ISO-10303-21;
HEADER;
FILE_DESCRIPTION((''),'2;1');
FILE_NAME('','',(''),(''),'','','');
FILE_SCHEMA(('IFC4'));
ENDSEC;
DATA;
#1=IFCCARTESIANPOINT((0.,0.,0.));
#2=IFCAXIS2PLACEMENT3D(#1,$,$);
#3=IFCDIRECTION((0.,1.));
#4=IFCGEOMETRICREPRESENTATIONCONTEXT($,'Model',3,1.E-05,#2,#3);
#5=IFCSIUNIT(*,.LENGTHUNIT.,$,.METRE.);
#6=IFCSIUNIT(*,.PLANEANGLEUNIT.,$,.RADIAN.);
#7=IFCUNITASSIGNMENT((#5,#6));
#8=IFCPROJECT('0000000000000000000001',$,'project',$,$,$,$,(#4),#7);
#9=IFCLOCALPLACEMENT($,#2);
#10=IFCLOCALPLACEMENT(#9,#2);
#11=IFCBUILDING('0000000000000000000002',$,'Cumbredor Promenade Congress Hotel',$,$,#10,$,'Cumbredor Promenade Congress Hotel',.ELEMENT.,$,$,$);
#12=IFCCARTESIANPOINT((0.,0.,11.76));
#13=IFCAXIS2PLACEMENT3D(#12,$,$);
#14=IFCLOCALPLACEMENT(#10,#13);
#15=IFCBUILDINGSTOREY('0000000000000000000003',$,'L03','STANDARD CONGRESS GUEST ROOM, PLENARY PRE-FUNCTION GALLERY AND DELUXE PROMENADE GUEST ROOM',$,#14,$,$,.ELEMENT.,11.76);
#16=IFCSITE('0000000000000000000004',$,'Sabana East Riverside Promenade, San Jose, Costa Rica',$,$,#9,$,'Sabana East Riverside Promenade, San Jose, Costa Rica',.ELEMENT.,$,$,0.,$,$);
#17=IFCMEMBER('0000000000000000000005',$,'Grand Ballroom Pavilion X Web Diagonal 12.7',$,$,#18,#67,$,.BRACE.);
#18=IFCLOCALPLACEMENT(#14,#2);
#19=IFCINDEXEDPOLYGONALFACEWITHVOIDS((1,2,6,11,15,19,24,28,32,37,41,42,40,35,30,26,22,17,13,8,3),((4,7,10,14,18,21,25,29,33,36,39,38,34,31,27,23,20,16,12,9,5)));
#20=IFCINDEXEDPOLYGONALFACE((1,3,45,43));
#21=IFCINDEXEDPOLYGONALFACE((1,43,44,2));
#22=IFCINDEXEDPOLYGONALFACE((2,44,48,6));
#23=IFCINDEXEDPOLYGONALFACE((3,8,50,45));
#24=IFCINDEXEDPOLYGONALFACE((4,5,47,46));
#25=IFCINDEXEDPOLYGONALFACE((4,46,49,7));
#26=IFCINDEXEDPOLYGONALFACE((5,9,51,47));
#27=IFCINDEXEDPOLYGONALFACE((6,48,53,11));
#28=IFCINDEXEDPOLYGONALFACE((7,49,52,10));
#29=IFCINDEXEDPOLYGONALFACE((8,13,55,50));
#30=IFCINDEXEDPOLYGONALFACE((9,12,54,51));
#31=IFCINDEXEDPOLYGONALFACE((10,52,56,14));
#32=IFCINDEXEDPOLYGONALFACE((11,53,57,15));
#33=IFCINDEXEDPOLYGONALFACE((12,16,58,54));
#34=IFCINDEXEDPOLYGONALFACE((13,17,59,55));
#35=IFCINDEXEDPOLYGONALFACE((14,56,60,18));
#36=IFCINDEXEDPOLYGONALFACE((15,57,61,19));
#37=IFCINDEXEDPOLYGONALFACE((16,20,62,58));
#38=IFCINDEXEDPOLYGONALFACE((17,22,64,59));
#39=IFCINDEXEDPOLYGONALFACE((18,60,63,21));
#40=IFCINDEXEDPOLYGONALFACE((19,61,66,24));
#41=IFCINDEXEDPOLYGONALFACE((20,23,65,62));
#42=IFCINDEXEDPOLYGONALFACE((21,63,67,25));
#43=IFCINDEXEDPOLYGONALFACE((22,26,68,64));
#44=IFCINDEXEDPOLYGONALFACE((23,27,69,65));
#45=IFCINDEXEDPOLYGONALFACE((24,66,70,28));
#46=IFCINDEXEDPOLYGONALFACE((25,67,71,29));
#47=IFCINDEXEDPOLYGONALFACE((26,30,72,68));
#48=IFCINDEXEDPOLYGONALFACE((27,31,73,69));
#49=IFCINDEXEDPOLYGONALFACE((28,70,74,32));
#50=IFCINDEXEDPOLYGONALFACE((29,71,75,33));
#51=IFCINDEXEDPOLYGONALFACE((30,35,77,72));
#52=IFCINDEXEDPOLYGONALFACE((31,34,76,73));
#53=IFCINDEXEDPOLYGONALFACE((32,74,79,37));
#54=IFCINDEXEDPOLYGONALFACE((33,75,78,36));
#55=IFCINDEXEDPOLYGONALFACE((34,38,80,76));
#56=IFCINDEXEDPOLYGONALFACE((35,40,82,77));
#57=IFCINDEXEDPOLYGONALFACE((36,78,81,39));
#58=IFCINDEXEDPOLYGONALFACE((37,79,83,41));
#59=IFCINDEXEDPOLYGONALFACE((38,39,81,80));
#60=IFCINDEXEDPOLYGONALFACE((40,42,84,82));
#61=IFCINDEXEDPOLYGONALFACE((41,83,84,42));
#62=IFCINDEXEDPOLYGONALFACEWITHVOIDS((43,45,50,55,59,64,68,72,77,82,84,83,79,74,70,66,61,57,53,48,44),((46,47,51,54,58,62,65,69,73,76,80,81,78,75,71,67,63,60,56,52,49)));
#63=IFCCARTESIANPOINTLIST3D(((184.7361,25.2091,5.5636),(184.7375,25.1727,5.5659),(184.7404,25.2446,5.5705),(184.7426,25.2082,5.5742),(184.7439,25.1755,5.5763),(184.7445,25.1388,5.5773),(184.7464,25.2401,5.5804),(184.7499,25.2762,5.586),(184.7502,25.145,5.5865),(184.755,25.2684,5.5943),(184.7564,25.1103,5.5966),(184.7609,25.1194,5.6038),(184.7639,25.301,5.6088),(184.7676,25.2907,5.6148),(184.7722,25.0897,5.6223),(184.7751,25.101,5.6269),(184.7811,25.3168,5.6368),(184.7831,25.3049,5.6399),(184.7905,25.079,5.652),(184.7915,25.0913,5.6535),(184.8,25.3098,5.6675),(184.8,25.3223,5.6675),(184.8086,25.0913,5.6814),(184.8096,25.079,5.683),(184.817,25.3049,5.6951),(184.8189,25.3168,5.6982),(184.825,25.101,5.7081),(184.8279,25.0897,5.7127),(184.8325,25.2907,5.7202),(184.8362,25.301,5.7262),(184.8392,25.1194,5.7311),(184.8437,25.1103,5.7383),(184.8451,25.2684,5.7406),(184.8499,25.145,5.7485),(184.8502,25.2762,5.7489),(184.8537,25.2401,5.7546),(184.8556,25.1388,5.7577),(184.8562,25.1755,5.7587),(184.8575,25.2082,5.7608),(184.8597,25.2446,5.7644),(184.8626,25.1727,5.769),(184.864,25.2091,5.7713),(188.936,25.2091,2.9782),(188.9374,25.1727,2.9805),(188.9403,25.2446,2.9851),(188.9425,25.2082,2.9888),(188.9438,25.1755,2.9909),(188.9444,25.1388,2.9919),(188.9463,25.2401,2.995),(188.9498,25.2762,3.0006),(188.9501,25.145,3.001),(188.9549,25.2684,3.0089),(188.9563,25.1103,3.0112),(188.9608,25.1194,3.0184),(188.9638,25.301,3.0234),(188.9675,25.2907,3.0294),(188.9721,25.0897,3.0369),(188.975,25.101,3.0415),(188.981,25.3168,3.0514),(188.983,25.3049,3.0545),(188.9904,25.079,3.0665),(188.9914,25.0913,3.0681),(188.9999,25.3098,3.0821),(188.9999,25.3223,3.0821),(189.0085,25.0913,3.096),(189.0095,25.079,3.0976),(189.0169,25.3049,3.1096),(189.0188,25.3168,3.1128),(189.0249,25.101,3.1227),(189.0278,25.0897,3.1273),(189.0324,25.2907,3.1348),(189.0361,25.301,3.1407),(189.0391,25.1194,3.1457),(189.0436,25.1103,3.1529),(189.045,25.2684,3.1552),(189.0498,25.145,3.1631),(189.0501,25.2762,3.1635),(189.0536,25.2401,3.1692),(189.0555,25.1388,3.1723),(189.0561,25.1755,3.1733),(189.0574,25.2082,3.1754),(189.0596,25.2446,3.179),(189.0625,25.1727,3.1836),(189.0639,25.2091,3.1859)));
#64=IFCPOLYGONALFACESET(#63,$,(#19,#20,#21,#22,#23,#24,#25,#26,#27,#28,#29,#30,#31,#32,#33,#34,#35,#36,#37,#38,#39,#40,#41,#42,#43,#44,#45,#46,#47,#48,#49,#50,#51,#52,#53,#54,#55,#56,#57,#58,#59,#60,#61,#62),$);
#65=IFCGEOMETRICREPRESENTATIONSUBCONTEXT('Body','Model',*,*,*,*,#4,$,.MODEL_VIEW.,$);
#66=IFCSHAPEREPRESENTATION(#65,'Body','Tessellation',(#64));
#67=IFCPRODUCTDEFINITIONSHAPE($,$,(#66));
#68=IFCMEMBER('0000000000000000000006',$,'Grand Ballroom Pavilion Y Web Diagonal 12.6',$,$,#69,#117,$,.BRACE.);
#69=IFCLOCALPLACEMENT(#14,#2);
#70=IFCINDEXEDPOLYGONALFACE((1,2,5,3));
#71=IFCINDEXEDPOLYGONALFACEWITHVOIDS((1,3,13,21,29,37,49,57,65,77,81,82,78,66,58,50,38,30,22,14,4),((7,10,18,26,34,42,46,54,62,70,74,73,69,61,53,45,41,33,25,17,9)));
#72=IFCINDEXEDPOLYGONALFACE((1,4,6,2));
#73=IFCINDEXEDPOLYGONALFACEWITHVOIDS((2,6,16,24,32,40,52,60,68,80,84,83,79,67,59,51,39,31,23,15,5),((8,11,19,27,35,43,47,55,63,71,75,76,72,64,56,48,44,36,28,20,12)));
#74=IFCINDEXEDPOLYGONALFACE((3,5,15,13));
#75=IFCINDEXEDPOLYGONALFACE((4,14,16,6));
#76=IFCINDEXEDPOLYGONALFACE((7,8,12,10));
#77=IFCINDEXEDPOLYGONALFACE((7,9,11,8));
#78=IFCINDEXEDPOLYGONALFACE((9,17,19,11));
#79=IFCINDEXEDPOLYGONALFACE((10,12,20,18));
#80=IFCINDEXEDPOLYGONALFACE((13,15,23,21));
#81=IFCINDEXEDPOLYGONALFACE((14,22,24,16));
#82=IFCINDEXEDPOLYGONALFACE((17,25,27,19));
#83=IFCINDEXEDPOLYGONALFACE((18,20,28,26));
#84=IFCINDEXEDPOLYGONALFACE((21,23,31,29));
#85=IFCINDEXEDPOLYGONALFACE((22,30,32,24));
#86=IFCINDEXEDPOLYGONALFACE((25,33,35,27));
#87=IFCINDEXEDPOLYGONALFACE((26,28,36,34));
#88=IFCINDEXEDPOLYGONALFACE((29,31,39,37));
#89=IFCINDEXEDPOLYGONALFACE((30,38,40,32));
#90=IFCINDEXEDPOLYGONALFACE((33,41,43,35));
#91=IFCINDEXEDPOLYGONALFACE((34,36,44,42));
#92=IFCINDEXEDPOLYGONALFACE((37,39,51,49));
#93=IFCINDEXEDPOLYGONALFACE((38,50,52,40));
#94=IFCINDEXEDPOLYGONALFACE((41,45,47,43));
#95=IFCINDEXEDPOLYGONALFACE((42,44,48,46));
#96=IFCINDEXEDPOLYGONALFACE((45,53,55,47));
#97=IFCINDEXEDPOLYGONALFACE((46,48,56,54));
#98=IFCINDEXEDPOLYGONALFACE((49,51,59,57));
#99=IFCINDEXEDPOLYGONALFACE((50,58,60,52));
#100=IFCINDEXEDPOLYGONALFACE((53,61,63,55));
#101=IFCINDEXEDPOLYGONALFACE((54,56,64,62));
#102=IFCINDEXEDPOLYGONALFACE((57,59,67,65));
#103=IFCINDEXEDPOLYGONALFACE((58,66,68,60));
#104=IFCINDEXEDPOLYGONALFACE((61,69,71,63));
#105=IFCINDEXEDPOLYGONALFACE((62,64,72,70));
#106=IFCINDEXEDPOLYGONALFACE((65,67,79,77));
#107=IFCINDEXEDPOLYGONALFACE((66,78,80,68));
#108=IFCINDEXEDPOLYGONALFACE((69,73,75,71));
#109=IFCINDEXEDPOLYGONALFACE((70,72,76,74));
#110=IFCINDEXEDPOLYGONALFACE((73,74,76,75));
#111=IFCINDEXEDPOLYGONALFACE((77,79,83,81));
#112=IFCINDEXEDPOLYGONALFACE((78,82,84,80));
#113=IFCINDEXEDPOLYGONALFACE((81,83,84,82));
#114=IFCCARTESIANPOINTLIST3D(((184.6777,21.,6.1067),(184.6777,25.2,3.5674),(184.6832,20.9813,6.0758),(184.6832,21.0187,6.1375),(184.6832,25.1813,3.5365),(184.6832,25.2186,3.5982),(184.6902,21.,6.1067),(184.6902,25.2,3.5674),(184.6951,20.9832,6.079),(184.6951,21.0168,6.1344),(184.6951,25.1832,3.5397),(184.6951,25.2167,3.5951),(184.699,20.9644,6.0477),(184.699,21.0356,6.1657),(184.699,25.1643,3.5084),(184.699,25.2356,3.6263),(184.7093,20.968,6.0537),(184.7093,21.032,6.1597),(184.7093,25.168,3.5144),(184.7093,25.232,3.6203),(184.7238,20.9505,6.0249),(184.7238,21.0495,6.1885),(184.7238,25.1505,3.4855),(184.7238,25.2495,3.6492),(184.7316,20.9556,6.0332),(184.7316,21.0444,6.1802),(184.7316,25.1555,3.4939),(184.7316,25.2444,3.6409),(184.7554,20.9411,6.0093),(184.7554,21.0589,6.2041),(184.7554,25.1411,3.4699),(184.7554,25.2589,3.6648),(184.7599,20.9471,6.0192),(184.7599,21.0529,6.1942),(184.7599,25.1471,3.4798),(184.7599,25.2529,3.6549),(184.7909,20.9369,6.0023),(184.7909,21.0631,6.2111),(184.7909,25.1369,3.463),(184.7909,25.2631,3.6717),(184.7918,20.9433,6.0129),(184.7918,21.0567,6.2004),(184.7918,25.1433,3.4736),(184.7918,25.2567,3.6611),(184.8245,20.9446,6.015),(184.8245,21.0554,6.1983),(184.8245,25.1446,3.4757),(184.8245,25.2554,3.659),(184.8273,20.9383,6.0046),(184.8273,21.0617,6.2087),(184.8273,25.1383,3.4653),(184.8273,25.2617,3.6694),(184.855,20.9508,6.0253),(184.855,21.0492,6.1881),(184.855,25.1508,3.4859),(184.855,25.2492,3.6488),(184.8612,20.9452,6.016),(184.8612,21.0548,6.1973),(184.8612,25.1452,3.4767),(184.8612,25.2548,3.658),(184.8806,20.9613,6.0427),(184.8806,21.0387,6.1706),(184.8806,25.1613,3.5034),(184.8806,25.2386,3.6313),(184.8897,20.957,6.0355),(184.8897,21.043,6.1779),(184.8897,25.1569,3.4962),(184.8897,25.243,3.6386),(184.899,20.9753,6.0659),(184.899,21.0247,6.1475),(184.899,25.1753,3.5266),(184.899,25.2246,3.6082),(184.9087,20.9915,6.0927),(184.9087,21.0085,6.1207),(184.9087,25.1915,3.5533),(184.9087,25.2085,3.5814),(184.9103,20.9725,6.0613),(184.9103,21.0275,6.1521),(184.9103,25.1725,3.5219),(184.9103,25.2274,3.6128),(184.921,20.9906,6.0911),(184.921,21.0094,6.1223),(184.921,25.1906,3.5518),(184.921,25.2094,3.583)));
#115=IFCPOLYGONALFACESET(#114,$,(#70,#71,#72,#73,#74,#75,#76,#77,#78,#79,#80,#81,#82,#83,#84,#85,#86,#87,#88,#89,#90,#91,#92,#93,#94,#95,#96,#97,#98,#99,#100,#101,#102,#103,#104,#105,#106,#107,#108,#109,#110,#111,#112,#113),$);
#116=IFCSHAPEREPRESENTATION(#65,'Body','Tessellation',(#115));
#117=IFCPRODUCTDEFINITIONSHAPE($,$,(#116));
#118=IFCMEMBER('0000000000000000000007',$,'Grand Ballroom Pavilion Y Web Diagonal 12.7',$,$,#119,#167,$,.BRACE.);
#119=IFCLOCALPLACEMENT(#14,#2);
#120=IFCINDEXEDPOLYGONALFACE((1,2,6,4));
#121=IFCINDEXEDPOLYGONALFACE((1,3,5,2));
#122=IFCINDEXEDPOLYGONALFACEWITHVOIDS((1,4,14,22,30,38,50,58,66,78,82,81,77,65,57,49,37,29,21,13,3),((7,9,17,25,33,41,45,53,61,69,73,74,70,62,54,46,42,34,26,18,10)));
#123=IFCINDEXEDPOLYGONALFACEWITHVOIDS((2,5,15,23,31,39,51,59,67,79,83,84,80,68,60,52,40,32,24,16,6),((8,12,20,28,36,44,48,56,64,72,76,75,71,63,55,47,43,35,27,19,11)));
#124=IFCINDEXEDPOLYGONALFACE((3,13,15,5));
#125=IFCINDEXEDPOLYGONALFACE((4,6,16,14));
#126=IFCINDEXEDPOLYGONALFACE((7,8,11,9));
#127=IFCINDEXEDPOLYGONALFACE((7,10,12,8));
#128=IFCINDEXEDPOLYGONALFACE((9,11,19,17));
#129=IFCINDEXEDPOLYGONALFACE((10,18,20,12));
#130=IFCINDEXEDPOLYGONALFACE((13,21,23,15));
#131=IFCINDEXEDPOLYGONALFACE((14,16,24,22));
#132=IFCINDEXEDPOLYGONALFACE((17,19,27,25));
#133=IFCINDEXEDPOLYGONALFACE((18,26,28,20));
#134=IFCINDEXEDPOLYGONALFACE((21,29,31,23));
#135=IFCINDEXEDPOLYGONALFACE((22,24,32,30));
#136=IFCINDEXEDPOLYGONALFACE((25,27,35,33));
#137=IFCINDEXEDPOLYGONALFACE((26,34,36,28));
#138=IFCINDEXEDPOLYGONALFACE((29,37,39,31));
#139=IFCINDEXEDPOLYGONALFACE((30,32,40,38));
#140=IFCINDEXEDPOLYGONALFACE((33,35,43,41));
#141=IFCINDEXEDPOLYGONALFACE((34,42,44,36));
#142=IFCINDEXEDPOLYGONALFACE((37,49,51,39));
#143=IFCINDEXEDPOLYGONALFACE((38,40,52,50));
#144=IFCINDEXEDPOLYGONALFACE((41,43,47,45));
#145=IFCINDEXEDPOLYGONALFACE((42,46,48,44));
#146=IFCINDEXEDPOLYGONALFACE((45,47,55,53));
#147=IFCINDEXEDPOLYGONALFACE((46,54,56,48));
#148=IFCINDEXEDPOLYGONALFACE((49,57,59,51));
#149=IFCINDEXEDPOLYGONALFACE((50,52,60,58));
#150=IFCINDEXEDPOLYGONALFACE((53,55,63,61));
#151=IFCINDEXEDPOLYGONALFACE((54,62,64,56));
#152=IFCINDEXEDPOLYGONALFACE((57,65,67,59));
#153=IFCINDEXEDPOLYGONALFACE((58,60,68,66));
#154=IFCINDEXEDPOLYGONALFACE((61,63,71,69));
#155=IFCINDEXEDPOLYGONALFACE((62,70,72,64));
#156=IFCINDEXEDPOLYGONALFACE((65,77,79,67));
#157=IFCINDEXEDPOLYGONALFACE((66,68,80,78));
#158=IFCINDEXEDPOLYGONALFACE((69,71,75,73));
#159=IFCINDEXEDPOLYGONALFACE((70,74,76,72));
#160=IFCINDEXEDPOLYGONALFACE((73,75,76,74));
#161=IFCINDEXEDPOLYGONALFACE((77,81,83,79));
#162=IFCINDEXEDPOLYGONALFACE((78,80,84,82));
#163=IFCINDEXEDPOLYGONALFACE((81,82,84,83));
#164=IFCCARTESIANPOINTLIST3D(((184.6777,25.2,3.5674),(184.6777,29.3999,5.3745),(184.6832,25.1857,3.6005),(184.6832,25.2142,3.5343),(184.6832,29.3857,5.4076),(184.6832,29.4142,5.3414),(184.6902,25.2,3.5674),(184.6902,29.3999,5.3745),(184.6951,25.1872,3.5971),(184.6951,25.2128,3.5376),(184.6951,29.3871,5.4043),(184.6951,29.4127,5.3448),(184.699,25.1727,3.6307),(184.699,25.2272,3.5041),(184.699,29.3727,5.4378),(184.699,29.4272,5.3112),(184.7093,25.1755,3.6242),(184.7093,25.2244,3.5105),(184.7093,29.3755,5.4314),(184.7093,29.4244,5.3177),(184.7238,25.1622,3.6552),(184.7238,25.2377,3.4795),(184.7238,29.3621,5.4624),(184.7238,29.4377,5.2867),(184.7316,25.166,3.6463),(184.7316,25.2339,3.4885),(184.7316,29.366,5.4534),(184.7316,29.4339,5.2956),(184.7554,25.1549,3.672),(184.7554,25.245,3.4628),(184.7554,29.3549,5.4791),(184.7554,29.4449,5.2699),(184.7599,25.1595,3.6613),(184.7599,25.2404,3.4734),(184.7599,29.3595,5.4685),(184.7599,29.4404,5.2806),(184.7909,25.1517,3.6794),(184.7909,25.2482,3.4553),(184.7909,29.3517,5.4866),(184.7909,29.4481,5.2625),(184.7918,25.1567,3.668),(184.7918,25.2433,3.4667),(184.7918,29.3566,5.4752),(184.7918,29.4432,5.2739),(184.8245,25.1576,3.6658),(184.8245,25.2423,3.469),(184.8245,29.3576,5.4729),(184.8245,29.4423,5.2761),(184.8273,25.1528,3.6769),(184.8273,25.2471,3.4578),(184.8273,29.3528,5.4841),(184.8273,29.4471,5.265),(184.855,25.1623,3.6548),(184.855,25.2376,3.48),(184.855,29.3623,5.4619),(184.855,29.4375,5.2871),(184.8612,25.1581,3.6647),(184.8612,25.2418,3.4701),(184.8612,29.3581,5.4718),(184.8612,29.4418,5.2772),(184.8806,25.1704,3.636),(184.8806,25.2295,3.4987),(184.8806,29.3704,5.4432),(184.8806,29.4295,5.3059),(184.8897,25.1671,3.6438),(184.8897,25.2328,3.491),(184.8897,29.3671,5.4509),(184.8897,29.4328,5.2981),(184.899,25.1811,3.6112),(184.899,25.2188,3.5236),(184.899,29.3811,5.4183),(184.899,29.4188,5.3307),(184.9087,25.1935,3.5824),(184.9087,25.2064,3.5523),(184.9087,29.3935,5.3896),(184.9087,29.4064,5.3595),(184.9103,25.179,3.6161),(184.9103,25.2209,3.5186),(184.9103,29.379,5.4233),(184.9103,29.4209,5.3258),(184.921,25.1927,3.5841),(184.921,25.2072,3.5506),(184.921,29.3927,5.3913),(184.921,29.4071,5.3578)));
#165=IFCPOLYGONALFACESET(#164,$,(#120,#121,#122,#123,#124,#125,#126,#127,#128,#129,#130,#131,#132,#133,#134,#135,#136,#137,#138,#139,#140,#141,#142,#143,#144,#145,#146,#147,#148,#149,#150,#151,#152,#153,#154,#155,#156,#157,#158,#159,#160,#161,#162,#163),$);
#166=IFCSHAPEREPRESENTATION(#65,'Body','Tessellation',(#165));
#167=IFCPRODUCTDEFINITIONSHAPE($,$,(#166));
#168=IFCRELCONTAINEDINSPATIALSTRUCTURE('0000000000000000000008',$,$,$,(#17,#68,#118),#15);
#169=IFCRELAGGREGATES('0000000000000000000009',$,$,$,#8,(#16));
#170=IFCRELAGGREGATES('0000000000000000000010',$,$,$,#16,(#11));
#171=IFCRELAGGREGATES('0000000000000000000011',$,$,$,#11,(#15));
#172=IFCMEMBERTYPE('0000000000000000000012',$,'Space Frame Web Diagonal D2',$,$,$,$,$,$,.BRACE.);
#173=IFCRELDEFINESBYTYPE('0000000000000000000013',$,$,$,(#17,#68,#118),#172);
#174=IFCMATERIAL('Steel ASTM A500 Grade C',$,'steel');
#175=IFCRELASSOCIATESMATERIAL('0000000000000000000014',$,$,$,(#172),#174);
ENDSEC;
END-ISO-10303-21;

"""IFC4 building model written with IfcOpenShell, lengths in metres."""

from ifc_helpers import new_model, si_unit, direction, frame, origin, origin_2d, place, context, subcontext, project, spatial, hollow_circle, extrude, material, material_profile, profile_set, type_object, element, save


model = new_model("IFC4")

# Units and contexts
model_context = context("Model", 3, precision=1e-05, world=origin(), true_north=direction((0.0, 1.0)))
body_context = subcontext(model_context, "Body", "Model", "MODEL_VIEW")
ifc_project = project(units=[si_unit("LENGTHUNIT", "METRE"), si_unit("PLANEANGLEUNIT", "RADIAN")], contexts=[model_context])

# Site, building, storey
site_placement = place(None, origin())
site = spatial("IfcSite", under=ifc_project, at=site_placement, Name="Sabana East Riverside Promenade, San Jose, Costa Rica", LongName="Sabana East Riverside Promenade, San Jose, Costa Rica", CompositionType="ELEMENT", RefElevation=0.0)
building_placement = place(site_placement, origin())
building = spatial("IfcBuilding", under=site, at=building_placement, Name="Cumbredor Promenade Congress Hotel", LongName="Cumbredor Promenade Congress Hotel", CompositionType="ELEMENT")
storey_placement = place(building_placement, frame((0.0, 0.0, 11.76)))
storey = spatial("IfcBuildingStorey", under=building, at=storey_placement, Name="L03", Description="STANDARD CONGRESS GUEST ROOM, PLENARY PRE-FUNCTION GALLERY AND DELUXE PROMENADE GUEST ROOM", CompositionType="ELEMENT", Elevation=11.76)

# Shared definitions
ifc_material_1 = material(Name="Steel ASTM A500 Grade C", Category="steel")

# Members
ifc_material_profile_1 = material_profile(ifc_material_1, hollow_circle(Radius=0.1223, WallThickness=0.0125, at=origin_2d()), Name="CHS 244.5x12.5")
ifc_profile_set_1 = profile_set([ifc_material_profile_1], Name="Steel ASTM A500 Grade C")
member_type_1 = type_object("IfcMemberType", Name="Space Frame Web Diagonal D2", PredefinedType="BRACE", material=ifc_profile_set_1)
member_1_placement = place(storey_placement, frame((184.8, 25.2, 5.6675), z_axis=(0.85158, 0.0, -0.524224), x_axis=(0.0, 1.0, 0.0)))
element("IfcMember", 1, at=member_1_placement, inside=storey, type_object=member_type_1, Name="Grand Ballroom Pavilion X Web Diagonal 12.7", PredefinedType="BRACE", context=body_context, shape_type="SweptSolid", body=[
    extrude(hollow_circle(Radius=0.1223, WallThickness=0.0125, at=origin_2d()), origin(), (0.0, 0.0, 1.0), 4.9319),
])
member_2_placement = place(storey_placement, frame((184.8, 21.0, 6.1067), z_axis=(0.0, 0.85575, -0.51739), x_axis=(-1.0, 0.0, 0.0)))
element("IfcMember", 2, at=member_2_placement, inside=storey, type_object=member_type_1, Name="Grand Ballroom Pavilion Y Web Diagonal 12.6", PredefinedType="BRACE", context=body_context, shape_type="SweptSolid", body=[
    extrude(hollow_circle(Radius=0.1223, WallThickness=0.0125, at=origin_2d()), origin(), (0.0, 0.0, 1.0), 4.908),
])
member_3_placement = place(storey_placement, frame((184.8, 25.2, 3.5674), z_axis=(0.0, 0.918578, 0.39524), x_axis=(-1.0, 0.0, 0.0)))
element("IfcMember", 3, at=member_3_placement, inside=storey, type_object=member_type_1, Name="Grand Ballroom Pavilion Y Web Diagonal 12.7", PredefinedType="BRACE", context=body_context, shape_type="SweptSolid", body=[
    extrude(hollow_circle(Radius=0.1223, WallThickness=0.0125, at=origin_2d()), origin(), (0.0, 0.0, 1.0), 4.5723),
])

save(model, "model.ifc")
